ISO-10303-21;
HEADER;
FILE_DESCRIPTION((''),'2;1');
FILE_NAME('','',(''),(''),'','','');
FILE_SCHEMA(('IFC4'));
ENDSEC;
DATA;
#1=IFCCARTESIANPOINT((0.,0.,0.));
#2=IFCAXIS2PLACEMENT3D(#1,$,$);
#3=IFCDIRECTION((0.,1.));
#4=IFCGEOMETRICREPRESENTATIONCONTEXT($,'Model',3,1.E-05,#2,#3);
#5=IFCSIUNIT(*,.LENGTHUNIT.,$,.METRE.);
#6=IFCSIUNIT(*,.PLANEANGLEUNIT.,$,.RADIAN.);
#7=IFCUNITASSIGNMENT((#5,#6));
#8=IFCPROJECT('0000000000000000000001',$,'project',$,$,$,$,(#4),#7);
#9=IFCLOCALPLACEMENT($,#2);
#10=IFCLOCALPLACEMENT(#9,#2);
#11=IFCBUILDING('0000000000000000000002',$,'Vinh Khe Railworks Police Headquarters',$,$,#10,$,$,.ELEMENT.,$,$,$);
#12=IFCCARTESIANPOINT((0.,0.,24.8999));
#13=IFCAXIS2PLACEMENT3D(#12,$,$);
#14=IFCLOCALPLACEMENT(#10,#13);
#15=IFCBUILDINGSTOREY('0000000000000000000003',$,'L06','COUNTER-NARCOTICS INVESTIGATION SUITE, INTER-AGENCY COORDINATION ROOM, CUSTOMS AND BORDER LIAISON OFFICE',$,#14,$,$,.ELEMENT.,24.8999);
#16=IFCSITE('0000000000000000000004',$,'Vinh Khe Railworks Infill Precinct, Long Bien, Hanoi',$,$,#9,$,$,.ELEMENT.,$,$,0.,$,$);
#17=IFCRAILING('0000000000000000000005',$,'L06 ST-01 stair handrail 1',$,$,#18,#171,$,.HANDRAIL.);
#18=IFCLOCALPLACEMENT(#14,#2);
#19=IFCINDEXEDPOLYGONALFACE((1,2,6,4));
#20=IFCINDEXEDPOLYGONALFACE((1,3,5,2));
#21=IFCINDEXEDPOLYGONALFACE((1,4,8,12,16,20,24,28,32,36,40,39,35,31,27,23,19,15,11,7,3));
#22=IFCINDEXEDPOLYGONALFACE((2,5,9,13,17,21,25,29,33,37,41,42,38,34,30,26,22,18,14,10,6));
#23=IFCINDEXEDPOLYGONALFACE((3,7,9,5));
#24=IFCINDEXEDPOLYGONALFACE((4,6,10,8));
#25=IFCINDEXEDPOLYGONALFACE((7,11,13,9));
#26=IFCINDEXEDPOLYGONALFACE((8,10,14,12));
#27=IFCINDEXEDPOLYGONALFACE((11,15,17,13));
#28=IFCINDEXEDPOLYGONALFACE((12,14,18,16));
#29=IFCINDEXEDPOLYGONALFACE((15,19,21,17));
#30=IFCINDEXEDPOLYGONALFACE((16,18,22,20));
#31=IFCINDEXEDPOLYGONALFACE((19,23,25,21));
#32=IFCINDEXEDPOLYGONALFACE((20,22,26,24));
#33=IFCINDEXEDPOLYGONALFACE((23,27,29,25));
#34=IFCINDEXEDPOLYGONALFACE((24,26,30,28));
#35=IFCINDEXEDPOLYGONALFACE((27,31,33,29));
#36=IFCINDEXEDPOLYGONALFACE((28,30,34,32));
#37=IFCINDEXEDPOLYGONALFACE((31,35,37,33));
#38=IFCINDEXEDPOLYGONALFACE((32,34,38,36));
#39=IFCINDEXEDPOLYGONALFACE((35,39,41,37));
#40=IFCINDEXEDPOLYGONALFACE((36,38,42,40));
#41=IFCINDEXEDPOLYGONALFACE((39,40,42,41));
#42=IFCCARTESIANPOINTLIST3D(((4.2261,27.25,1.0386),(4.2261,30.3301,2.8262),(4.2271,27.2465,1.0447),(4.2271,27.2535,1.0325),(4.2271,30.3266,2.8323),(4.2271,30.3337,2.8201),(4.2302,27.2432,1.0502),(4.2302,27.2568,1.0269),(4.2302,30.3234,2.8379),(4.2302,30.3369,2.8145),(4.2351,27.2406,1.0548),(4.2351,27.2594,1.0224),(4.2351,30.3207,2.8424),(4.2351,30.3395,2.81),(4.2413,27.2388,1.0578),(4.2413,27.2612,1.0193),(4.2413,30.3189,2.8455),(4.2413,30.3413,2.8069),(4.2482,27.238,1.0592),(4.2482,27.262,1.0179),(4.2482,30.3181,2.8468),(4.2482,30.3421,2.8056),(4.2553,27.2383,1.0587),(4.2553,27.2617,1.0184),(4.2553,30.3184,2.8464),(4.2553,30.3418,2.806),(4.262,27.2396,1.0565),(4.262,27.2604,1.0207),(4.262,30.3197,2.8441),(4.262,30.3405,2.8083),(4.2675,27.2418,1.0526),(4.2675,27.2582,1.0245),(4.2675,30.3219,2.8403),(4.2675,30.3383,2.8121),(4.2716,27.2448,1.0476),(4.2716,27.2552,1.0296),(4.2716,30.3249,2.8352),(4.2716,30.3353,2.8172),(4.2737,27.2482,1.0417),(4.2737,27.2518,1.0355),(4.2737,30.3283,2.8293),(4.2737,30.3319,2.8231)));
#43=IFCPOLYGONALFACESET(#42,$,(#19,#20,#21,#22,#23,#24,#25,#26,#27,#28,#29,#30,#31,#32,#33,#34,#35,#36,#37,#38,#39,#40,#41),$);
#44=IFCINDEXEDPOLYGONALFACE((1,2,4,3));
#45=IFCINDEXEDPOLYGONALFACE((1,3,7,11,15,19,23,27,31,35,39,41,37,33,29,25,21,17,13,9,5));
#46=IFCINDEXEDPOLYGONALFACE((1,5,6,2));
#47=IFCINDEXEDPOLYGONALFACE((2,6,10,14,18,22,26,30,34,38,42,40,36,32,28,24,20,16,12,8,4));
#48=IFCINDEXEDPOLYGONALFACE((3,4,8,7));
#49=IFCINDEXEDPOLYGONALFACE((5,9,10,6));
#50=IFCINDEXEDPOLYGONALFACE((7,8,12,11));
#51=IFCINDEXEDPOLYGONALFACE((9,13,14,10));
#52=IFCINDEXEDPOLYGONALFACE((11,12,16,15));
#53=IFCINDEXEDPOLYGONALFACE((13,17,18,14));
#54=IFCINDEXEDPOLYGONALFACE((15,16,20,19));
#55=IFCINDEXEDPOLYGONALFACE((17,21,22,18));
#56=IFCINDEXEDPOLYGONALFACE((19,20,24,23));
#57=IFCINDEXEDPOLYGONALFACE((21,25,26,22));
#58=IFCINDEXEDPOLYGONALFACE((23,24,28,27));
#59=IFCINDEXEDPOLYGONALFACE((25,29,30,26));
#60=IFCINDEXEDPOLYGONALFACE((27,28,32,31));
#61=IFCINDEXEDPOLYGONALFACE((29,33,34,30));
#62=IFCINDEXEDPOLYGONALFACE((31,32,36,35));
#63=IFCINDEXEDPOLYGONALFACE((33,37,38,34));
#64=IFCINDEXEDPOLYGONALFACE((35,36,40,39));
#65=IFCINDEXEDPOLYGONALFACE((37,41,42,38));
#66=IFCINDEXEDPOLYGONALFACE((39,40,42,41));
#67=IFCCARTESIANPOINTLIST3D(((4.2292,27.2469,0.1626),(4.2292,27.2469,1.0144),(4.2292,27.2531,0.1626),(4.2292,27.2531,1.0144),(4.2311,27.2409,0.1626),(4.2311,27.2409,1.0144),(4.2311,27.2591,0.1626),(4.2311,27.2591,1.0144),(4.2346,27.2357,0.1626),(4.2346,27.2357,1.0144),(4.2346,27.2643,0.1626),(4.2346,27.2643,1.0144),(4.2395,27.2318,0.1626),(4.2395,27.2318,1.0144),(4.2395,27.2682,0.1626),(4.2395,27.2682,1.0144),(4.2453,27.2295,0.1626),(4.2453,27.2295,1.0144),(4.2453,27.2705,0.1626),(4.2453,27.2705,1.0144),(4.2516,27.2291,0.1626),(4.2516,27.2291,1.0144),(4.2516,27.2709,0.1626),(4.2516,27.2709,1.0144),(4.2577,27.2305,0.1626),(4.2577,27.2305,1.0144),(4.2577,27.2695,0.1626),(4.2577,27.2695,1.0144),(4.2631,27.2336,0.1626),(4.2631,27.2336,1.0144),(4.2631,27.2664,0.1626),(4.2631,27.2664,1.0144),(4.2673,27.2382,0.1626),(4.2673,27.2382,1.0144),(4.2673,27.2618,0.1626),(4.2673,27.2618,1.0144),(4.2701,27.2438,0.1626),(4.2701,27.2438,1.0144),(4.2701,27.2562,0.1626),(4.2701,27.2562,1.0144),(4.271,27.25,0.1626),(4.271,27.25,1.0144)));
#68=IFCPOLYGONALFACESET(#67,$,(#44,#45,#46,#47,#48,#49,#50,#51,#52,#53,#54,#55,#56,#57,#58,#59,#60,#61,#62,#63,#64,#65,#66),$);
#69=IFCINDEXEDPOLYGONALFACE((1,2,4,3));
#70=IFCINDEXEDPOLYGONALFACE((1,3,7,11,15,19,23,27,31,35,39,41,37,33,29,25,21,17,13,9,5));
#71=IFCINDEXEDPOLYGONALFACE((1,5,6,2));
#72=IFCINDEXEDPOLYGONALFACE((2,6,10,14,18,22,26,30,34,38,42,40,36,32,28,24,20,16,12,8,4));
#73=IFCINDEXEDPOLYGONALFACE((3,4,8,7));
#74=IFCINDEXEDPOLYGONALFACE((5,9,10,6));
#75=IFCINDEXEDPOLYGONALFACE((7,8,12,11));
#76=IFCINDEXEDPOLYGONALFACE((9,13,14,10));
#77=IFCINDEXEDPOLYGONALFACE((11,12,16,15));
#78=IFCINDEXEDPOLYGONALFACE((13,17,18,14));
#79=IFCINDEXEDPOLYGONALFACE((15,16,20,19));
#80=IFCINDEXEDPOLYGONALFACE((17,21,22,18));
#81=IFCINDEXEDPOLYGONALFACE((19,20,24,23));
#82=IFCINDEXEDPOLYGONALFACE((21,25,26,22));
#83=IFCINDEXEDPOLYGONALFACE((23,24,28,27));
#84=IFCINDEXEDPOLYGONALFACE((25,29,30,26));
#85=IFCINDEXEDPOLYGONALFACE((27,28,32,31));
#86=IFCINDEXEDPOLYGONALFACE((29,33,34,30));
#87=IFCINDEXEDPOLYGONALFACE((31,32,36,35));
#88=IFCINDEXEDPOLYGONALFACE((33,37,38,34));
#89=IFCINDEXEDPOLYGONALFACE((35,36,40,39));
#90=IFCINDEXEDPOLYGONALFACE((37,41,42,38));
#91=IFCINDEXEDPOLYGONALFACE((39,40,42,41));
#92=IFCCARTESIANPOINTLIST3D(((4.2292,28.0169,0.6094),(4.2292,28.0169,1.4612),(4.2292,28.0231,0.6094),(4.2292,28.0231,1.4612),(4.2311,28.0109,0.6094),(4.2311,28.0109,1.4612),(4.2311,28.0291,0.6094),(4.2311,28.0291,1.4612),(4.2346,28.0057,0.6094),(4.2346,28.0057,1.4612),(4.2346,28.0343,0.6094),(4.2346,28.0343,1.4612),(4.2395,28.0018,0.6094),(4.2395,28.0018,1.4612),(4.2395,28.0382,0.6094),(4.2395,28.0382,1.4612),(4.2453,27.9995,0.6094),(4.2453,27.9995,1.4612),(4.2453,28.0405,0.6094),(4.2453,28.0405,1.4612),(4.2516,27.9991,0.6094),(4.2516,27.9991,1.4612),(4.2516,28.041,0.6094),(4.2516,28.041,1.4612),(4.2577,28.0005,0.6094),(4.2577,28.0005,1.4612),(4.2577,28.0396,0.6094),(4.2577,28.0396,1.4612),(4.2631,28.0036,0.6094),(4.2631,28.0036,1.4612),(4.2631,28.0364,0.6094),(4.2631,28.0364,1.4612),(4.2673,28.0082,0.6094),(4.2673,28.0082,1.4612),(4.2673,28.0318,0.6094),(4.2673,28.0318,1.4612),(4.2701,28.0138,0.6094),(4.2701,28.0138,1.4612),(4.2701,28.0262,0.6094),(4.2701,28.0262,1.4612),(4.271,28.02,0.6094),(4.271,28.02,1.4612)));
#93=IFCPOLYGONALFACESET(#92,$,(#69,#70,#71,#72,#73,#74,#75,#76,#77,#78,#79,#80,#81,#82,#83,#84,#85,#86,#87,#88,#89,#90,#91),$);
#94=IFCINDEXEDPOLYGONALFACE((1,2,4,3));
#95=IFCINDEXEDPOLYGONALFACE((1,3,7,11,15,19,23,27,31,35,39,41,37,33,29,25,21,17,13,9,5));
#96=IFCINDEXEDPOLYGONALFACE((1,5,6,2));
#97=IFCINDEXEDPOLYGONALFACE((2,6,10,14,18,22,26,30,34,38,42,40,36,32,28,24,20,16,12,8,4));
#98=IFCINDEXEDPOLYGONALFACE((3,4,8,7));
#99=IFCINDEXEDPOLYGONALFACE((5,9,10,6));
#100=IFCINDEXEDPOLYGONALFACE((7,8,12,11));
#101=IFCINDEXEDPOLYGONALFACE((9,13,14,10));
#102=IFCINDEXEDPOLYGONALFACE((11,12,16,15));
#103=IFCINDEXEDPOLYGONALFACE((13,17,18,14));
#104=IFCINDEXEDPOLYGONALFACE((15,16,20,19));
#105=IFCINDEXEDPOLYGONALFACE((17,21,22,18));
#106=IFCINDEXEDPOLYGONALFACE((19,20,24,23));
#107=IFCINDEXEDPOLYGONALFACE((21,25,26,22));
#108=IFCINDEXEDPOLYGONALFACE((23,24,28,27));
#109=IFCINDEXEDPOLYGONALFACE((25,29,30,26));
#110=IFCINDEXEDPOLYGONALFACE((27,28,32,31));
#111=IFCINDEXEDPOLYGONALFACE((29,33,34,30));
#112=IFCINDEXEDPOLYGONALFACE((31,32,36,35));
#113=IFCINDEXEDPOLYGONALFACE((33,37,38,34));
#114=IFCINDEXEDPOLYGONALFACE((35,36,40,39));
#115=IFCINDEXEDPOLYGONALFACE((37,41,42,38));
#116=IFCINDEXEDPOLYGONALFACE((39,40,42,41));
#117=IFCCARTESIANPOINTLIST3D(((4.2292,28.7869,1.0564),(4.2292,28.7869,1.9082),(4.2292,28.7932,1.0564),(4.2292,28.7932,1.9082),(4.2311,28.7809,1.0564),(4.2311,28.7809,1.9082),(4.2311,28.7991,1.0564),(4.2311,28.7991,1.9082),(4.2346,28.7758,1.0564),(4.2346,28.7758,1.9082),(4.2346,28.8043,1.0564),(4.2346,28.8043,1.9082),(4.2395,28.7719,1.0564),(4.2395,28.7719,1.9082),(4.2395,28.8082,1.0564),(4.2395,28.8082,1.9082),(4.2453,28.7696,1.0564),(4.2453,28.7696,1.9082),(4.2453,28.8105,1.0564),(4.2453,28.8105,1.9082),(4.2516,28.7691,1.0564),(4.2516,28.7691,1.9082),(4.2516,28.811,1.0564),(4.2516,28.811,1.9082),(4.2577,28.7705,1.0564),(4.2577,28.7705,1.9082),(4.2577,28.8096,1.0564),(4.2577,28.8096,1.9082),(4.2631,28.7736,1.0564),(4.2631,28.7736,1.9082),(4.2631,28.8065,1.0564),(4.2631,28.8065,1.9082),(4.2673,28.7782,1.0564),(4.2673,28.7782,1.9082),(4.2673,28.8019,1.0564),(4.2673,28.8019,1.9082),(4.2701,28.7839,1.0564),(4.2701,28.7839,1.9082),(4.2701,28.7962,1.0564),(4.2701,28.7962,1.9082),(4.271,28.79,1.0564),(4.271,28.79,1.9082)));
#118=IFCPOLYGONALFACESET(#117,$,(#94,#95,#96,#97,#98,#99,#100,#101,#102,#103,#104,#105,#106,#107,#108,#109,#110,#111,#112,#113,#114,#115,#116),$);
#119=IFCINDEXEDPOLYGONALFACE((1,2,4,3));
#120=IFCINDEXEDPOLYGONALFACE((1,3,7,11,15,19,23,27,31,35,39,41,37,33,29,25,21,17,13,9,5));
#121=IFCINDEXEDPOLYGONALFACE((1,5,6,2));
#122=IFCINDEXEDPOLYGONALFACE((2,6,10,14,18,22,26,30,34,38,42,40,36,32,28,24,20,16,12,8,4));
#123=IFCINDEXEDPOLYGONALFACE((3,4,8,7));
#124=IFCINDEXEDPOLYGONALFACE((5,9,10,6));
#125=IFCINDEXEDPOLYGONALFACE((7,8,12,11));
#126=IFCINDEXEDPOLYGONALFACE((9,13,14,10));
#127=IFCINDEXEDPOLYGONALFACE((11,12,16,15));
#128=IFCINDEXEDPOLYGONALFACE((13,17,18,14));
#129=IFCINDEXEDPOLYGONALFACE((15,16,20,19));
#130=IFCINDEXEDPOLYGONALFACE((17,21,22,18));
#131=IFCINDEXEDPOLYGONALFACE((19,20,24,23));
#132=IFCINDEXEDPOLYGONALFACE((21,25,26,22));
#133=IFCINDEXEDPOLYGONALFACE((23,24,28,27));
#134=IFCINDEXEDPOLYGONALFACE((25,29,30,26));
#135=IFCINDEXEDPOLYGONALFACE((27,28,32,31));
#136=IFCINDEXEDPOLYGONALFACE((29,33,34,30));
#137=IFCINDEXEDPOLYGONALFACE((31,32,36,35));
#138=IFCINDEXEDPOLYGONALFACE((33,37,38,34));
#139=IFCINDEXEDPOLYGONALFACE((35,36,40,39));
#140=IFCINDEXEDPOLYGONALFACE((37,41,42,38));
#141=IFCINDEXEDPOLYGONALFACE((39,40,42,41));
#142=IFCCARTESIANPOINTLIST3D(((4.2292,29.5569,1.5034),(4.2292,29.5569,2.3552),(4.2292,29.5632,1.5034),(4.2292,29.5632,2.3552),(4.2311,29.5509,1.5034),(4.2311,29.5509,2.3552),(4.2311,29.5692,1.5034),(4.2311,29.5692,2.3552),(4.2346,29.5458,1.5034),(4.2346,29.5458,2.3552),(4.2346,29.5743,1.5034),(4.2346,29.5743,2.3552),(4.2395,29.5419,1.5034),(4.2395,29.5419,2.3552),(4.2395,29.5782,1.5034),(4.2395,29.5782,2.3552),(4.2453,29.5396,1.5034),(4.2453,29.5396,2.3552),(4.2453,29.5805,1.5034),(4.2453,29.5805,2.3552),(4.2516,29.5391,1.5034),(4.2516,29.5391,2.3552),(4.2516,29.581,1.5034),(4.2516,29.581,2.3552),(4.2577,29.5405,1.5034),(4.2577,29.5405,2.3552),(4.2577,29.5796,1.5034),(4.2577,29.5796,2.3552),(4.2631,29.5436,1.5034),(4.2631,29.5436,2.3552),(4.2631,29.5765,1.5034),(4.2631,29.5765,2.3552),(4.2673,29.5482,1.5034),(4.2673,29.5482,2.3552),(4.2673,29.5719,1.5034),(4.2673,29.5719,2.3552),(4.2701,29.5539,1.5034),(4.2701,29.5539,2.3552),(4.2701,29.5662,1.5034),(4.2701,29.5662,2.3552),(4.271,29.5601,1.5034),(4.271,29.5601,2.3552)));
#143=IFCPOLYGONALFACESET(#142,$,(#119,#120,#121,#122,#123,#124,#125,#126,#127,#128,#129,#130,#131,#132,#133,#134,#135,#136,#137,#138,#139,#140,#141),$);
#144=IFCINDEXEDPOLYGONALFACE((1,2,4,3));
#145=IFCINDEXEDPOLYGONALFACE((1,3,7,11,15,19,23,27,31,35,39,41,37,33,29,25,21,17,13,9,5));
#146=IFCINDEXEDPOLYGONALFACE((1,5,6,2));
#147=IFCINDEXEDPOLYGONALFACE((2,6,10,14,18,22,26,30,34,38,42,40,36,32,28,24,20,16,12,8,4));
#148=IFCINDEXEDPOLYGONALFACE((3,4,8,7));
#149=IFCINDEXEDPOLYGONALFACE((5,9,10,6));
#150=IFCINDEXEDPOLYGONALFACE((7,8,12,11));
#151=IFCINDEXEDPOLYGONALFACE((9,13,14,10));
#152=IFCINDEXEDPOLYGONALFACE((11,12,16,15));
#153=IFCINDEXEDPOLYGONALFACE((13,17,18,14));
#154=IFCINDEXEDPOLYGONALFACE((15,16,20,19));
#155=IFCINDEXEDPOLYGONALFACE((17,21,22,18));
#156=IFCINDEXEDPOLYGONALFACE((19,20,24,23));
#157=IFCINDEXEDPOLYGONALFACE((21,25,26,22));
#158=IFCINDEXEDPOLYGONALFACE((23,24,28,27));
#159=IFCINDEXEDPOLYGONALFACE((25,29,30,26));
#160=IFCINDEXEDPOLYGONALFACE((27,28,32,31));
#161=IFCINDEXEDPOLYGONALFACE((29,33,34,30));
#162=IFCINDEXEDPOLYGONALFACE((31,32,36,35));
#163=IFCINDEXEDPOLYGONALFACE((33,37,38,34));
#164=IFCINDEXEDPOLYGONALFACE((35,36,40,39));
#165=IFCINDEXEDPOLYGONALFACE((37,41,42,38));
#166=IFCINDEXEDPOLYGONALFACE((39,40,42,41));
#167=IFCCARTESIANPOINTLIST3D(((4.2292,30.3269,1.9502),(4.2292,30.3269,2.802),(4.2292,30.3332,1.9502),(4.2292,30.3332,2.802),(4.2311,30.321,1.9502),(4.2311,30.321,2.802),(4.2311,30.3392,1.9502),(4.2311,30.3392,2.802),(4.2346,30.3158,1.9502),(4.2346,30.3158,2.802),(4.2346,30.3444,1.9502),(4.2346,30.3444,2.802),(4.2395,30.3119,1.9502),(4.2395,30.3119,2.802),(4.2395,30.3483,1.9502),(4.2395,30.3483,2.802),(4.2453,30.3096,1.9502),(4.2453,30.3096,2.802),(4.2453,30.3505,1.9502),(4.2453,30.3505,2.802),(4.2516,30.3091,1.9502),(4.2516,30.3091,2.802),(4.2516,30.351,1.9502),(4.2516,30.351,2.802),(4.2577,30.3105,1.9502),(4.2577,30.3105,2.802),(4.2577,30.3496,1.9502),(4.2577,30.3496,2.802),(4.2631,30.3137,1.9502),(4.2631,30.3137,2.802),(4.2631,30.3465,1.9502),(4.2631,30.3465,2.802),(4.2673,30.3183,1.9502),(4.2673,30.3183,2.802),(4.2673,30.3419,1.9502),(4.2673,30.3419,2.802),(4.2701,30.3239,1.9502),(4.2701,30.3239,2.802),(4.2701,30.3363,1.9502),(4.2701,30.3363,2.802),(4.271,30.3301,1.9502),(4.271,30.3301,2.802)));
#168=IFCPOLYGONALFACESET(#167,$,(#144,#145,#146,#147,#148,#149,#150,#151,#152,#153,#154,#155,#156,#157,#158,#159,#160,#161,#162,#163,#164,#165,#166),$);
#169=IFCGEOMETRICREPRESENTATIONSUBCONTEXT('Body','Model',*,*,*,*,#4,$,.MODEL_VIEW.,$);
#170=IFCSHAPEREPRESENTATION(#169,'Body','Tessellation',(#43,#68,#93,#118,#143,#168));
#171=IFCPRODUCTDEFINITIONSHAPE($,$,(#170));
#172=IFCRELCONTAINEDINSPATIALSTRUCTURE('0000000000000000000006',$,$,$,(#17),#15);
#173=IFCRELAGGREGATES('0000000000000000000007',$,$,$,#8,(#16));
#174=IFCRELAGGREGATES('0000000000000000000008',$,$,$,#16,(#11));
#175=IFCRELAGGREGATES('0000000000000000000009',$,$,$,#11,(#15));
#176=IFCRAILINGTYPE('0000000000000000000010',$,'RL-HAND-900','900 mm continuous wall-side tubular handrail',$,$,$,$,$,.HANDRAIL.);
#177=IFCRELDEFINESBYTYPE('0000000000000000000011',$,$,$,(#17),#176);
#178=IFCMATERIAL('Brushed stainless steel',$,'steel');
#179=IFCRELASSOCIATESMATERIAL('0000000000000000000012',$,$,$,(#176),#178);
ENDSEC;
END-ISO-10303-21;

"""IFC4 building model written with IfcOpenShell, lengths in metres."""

from ifc_helpers import new_model, si_unit, direction, frame, origin, origin_2d, place, context, subcontext, project, spatial, circle, extrude, material, type_object, element, save


model = new_model("IFC4")

# Units and contexts
model_context = context("Model", 3, precision=1e-05, world=origin(), true_north=direction((0.0, 1.0)))
body_context = subcontext(model_context, "Body", "Model", "MODEL_VIEW")
ifc_project = project(units=[si_unit("LENGTHUNIT", "METRE"), si_unit("PLANEANGLEUNIT", "RADIAN")], contexts=[model_context])

# Site, building, storey
site_placement = place(None, origin())
site = spatial("IfcSite", under=ifc_project, at=site_placement, Name="Vinh Khe Railworks Infill Precinct, Long Bien, Hanoi", CompositionType="ELEMENT", RefElevation=0.0)
building_placement = place(site_placement, origin())
building = spatial("IfcBuilding", under=site, at=building_placement, Name="Vinh Khe Railworks Police Headquarters", CompositionType="ELEMENT")
storey_placement = place(building_placement, frame((0.0, 0.0, 24.8999)))
storey = spatial("IfcBuildingStorey", under=building, at=storey_placement, Name="L06", Description="COUNTER-NARCOTICS INVESTIGATION SUITE, INTER-AGENCY COORDINATION ROOM, CUSTOMS AND BORDER LIAISON OFFICE", CompositionType="ELEMENT", Elevation=24.8999)

# Railing
ifc_material_1 = material(Name="Brushed stainless steel", Category="steel")
railing_type_1 = type_object("IfcRailingType", Name="RL-HAND-900", Description="900 mm continuous wall-side tubular handrail", PredefinedType="HANDRAIL", material=ifc_material_1)
railing_1_placement = place(storey_placement, frame((4.25, 27.25, 0.1626)))
element("IfcRailing", 1, at=railing_1_placement, inside=storey, type_object=railing_type_1, Name="L06 ST-01 stair handrail 1", PredefinedType="HANDRAIL", context=body_context, shape_type="SweptSolid", body=[
    extrude(circle(Radius=0.0239, at=origin_2d()), frame((0.0, 0.0, 0.876), z_axis=(0.0, 0.864891, 0.50196), x_axis=(-1.0, 0.0, 0.0)), (0.0, 0.0, 1.0), 3.5613),
    extrude(circle(Radius=0.021, at=origin_2d()), origin(), (0.0, 0.0, 1.0), 0.8518),
    extrude(circle(Radius=0.021, at=origin_2d()), frame((0.0, 0.77, 0.4468)), (0.0, 0.0, 1.0), 0.8518),
    extrude(circle(Radius=0.021, at=origin_2d()), frame((0.0, 1.54, 0.8938)), (0.0, 0.0, 1.0), 0.8518),
    extrude(circle(Radius=0.021, at=origin_2d()), frame((0.0, 2.3101, 1.3408)), (0.0, 0.0, 1.0), 0.8518),
    extrude(circle(Radius=0.021, at=origin_2d()), frame((0.0, 3.0801, 1.7876)), (0.0, 0.0, 1.0), 0.8518),
])

save(model, "model.ifc")
